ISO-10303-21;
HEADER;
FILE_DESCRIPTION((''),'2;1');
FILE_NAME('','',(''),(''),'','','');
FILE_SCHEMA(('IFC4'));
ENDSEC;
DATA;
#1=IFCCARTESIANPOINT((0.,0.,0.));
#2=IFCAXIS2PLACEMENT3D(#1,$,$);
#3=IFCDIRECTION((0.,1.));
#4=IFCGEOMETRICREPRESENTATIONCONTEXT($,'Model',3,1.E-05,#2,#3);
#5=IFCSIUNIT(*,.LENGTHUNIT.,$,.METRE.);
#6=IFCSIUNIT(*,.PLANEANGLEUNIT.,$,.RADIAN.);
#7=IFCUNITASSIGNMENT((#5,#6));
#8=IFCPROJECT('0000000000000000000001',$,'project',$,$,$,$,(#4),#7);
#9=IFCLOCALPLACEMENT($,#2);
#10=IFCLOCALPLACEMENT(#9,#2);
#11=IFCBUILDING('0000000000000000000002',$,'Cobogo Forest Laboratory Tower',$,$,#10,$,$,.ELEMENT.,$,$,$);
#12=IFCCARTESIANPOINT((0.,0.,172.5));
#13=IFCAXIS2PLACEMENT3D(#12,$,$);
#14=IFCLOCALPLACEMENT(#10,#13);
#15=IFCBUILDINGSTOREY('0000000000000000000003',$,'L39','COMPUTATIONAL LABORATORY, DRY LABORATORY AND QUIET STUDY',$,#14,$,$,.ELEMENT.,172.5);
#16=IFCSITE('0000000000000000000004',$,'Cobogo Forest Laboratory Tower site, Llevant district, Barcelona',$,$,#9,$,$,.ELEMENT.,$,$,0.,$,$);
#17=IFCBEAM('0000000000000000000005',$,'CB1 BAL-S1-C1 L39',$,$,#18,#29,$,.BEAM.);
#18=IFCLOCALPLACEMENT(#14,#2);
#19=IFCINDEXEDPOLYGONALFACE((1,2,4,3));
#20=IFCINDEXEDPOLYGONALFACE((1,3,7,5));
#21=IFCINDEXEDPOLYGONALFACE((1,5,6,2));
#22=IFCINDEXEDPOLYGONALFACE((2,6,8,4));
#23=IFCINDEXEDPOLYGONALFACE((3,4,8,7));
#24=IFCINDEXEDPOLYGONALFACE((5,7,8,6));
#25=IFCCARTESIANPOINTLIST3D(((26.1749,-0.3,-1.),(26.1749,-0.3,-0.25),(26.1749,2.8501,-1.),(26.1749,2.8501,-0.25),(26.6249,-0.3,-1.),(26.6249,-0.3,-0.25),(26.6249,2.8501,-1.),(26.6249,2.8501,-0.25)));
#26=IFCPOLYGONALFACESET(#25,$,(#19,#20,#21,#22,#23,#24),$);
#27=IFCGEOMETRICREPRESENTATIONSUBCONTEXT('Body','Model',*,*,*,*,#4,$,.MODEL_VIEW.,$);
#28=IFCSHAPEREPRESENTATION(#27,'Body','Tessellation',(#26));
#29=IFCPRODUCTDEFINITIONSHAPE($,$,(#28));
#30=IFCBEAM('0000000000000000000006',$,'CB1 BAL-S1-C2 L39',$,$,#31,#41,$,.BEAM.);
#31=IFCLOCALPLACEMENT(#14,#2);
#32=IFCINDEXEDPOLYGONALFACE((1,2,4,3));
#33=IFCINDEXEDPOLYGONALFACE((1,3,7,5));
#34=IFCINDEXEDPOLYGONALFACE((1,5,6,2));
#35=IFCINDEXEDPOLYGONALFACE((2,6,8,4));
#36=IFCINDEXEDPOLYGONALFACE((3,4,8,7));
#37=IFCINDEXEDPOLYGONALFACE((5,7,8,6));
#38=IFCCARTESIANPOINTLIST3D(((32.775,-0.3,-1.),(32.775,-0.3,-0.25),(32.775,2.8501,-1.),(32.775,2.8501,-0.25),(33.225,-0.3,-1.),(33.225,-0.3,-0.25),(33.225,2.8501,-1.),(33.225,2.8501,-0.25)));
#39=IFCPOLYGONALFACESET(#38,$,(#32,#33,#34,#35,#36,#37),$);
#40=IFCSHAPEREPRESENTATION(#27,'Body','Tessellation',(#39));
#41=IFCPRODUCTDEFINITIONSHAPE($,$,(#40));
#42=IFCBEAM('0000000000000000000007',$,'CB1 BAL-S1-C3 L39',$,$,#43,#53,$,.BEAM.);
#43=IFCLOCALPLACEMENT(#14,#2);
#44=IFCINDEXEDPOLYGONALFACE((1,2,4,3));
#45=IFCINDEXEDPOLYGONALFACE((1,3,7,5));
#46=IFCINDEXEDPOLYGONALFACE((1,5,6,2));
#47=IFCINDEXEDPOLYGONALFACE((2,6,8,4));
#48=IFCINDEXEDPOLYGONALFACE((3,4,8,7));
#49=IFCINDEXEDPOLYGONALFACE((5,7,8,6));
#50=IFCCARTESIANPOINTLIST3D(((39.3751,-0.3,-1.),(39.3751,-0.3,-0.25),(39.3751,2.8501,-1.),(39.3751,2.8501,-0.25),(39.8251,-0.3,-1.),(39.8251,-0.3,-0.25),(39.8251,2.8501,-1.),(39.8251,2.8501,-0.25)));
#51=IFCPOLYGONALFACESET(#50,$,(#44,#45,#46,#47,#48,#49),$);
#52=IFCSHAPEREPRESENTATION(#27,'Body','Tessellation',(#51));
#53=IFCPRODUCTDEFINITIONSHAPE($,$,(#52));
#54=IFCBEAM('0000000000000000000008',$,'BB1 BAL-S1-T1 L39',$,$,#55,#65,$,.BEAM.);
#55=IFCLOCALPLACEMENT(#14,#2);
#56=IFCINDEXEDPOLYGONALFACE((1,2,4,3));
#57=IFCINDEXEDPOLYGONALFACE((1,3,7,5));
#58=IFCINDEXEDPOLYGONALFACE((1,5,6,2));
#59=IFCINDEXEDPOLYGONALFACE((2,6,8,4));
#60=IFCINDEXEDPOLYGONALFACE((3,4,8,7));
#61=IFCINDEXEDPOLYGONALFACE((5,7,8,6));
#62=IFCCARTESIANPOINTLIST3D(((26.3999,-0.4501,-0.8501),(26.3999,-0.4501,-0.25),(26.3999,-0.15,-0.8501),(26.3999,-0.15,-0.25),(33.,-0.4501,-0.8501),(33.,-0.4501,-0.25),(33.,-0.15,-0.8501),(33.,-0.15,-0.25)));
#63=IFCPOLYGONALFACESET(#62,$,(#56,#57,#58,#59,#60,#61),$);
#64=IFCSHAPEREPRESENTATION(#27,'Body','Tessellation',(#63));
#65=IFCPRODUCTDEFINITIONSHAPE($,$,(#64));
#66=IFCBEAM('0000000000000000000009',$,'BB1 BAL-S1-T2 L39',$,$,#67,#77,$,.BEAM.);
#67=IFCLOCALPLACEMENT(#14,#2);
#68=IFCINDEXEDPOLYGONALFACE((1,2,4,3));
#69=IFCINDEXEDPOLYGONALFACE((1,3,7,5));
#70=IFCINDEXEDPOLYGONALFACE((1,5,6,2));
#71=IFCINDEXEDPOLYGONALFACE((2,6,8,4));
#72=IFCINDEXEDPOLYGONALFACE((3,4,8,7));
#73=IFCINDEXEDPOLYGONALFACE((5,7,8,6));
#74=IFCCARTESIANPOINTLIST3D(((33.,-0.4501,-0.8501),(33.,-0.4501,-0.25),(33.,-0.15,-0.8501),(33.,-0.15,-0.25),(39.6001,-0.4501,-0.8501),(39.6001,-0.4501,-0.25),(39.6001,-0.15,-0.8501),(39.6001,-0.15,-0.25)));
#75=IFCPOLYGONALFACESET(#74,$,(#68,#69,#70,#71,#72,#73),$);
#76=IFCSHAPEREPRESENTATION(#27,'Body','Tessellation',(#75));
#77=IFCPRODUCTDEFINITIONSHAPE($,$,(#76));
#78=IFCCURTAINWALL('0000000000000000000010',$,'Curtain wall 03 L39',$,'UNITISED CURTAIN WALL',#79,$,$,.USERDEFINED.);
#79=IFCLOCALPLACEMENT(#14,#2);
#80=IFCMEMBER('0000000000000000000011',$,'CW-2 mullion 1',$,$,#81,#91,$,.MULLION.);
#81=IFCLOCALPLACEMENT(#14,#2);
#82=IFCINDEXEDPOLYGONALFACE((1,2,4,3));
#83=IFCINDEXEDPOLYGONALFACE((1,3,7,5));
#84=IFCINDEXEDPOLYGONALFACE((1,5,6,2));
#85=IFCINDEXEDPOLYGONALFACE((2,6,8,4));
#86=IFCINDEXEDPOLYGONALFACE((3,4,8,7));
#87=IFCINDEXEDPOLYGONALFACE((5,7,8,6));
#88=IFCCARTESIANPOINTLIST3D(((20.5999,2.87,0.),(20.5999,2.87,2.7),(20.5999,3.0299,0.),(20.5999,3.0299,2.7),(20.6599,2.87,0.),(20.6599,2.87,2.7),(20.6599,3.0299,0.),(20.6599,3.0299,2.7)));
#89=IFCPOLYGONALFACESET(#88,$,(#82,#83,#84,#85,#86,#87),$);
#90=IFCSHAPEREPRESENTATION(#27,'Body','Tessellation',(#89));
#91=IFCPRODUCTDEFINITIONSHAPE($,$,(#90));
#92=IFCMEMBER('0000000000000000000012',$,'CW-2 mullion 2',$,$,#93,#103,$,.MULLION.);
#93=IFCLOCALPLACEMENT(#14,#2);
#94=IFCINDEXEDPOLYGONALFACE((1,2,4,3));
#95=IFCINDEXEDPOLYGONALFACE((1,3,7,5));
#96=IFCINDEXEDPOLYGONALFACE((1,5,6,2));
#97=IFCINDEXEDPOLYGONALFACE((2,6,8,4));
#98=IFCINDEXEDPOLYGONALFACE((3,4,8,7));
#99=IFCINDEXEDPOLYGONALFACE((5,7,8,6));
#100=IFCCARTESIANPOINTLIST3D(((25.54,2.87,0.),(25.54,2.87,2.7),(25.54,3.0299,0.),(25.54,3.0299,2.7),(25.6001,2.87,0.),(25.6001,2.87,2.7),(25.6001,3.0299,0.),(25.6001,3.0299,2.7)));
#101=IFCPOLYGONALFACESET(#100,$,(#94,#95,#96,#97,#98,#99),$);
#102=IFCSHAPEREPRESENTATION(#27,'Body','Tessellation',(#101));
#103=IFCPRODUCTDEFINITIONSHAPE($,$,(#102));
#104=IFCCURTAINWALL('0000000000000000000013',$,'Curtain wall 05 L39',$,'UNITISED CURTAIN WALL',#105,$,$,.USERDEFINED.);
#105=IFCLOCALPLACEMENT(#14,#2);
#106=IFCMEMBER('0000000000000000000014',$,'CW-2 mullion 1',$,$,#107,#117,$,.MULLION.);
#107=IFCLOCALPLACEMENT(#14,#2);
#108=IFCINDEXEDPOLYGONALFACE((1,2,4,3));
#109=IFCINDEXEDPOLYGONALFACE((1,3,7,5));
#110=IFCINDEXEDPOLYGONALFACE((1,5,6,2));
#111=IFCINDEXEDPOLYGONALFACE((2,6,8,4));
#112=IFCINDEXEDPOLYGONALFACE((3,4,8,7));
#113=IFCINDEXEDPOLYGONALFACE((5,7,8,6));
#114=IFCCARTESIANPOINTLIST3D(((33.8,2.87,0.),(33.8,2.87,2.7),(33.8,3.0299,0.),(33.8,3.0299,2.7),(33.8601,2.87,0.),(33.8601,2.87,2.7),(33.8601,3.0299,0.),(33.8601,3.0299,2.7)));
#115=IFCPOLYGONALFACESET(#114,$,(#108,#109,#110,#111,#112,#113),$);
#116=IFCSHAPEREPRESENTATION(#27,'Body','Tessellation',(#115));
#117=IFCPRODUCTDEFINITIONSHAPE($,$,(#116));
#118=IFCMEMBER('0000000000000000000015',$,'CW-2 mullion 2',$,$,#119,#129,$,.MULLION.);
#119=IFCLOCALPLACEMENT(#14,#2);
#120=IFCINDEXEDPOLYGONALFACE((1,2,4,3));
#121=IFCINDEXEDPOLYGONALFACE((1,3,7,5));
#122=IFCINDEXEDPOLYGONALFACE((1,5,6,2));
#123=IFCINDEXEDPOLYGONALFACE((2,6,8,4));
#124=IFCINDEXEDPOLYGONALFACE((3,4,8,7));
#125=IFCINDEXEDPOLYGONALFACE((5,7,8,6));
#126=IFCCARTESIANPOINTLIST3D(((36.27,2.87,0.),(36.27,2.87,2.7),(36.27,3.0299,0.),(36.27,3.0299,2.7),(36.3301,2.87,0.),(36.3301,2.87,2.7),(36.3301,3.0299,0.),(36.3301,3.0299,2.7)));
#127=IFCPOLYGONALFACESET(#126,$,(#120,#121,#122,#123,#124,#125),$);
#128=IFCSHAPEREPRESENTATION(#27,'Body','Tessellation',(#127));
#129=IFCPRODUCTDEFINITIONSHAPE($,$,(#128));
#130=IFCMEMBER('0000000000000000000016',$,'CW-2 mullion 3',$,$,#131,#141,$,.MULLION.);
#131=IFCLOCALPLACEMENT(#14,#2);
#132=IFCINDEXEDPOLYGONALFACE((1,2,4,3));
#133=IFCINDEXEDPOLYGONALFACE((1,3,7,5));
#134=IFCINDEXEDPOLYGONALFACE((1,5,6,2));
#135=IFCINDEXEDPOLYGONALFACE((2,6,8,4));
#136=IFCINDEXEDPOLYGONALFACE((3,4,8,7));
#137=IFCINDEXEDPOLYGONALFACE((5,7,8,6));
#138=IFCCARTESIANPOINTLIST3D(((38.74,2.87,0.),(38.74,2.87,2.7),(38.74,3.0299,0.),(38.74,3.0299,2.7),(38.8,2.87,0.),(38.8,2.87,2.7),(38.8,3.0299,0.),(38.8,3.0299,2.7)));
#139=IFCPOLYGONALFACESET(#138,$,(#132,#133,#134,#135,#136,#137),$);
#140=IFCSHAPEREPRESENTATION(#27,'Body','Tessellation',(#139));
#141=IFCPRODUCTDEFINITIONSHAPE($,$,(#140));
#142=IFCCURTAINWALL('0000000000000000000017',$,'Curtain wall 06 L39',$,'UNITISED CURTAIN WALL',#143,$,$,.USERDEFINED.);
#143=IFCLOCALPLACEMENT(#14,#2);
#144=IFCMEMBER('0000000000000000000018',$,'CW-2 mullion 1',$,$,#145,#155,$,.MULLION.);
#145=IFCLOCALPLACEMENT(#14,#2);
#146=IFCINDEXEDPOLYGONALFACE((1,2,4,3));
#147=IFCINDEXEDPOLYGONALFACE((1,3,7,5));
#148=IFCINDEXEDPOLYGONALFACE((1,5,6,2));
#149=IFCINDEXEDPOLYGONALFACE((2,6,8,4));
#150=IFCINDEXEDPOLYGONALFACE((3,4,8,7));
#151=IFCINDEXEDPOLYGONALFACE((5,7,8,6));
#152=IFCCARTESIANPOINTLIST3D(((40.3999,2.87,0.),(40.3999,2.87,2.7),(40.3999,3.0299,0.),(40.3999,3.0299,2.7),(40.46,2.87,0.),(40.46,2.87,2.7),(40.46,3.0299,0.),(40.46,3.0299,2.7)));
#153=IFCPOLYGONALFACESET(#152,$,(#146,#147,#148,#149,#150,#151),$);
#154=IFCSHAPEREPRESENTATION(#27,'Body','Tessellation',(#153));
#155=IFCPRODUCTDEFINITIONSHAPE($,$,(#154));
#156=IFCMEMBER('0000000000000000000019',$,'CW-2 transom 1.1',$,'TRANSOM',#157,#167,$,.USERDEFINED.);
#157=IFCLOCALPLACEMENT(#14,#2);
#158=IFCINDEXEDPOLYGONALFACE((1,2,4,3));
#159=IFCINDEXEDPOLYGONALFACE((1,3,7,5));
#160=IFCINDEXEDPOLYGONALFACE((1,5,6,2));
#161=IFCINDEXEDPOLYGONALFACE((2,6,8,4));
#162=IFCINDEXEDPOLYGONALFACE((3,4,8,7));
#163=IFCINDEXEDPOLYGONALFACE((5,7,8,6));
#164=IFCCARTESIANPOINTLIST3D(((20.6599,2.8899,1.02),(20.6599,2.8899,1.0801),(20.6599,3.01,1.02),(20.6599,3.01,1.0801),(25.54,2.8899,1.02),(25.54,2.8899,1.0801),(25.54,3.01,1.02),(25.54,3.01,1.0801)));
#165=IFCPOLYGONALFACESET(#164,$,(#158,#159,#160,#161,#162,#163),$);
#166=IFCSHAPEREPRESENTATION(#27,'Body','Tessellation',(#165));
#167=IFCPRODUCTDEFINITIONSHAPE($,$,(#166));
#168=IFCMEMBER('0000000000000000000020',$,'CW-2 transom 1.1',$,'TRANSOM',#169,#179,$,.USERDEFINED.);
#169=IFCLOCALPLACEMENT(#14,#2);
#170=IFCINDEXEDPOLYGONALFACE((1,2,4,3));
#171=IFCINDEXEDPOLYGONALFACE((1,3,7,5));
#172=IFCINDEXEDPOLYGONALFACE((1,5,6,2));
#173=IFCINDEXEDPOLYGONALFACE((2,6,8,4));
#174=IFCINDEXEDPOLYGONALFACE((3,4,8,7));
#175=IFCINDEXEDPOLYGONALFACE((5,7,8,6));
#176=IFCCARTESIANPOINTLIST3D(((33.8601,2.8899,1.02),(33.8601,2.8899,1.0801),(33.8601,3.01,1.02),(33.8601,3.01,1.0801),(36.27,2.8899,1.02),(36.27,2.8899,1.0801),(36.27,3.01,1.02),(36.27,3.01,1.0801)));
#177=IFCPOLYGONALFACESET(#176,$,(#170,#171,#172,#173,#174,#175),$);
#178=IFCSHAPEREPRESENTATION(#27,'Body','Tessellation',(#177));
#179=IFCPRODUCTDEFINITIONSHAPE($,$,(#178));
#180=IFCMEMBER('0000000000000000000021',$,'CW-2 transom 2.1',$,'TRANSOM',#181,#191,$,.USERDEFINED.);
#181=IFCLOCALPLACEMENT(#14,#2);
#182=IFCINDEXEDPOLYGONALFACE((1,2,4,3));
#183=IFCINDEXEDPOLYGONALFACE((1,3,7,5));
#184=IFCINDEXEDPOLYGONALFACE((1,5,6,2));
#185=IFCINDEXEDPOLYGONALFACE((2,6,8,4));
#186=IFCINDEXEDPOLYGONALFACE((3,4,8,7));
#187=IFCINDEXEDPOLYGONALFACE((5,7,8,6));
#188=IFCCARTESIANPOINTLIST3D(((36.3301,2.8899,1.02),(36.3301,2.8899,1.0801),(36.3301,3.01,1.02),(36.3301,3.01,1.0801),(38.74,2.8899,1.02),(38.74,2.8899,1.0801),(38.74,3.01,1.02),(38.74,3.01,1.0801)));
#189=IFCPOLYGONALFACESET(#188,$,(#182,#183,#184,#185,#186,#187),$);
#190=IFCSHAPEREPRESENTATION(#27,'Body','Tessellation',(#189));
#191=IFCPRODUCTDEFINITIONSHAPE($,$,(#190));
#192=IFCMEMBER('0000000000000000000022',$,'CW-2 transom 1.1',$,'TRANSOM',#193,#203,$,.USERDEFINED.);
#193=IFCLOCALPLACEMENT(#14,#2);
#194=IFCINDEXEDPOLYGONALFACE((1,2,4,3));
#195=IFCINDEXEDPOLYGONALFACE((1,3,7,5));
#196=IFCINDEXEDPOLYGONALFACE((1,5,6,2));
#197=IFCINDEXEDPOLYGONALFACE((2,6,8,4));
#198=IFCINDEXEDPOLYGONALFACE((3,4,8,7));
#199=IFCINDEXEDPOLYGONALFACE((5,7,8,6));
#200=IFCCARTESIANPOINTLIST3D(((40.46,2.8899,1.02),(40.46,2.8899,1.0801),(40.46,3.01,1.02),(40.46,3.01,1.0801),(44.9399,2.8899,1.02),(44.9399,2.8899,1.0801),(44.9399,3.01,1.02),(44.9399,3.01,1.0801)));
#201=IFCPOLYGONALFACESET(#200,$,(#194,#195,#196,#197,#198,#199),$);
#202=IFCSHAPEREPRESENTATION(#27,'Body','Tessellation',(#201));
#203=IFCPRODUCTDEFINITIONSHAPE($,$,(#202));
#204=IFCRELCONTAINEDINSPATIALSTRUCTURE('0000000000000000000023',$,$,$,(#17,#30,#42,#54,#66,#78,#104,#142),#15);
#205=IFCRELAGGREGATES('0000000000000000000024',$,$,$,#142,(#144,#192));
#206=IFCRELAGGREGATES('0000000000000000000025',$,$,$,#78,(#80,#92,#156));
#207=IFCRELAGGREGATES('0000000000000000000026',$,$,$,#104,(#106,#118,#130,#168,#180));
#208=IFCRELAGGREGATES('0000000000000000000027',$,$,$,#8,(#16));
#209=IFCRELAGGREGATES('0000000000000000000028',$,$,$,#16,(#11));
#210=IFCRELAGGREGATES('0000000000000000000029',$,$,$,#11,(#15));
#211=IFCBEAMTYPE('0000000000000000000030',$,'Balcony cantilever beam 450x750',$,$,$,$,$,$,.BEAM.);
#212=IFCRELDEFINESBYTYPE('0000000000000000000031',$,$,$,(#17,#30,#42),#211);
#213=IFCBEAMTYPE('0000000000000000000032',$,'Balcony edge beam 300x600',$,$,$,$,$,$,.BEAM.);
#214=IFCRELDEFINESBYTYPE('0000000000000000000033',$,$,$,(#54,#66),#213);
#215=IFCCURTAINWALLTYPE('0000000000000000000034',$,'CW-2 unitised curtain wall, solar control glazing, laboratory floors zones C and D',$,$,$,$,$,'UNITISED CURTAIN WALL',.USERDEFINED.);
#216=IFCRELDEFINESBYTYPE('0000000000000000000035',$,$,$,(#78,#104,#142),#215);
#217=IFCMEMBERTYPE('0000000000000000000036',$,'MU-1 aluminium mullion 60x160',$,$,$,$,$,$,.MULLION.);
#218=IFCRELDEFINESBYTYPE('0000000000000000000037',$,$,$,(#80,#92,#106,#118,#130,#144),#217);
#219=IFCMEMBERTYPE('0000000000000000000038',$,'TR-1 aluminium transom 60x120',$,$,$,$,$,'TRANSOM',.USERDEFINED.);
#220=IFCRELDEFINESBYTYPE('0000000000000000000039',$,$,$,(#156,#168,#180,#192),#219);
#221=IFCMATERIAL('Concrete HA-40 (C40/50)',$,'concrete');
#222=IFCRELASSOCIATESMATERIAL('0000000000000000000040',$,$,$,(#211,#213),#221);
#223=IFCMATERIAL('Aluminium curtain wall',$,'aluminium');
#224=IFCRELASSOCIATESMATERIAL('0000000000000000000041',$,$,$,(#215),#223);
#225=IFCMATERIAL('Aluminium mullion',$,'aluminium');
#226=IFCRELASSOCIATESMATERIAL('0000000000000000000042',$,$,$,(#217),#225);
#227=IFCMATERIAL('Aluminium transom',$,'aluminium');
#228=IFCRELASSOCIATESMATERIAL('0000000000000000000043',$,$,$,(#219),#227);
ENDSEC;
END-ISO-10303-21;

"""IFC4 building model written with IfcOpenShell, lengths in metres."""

from ifc_helpers import new_model, si_unit, direction, frame, origin, origin_2d, place, context, subcontext, project, spatial, rectangle, extrude, material, material_profile, profile_set, type_object, element, aggregate, save


model = new_model("IFC4")

# Units and contexts
model_context = context("Model", 3, precision=1e-05, world=origin(), true_north=direction((0.0, 1.0)))
body_context = subcontext(model_context, "Body", "Model", "MODEL_VIEW")
ifc_project = project(units=[si_unit("LENGTHUNIT", "METRE"), si_unit("PLANEANGLEUNIT", "RADIAN")], contexts=[model_context])

# Site, building, storey
site_placement = place(None, origin())
site = spatial("IfcSite", under=ifc_project, at=site_placement, Name="Cobogo Forest Laboratory Tower site, Llevant district, Barcelona", CompositionType="ELEMENT", RefElevation=0.0)
building_placement = place(site_placement, origin())
building = spatial("IfcBuilding", under=site, at=building_placement, Name="Cobogo Forest Laboratory Tower", CompositionType="ELEMENT")
storey_placement = place(building_placement, frame((0.0, 0.0, 172.5)))
storey = spatial("IfcBuildingStorey", under=building, at=storey_placement, Name="L39", Description="COMPUTATIONAL LABORATORY, DRY LABORATORY AND QUIET STUDY", CompositionType="ELEMENT", Elevation=172.5)

# Beams
ifc_material_1 = material(Name="Concrete HA-40 (C40/50)", Category="concrete")
ifc_material_profile_1 = material_profile(ifc_material_1, rectangle(XDim=0.45, YDim=0.75, at=origin_2d()), Name="RC 450x750")
ifc_profile_set_1 = profile_set([ifc_material_profile_1], Name="Concrete HA-40 (C40/50)")
beam_type_1 = type_object("IfcBeamType", Name="Balcony cantilever beam 450x750", PredefinedType="BEAM", material=ifc_profile_set_1)
for number, where, z_axis, x_axis, name in (
    (1, (26.3999, 2.8501, -0.625), (0.0, -1.0, 0.0), (1.0, 0.0, 0.0), "CB1 BAL-S1-C1 L39"),
    (2, (33.0, 2.8501, -0.625), (0.0, -1.0, 0.0), (1.0, 0.0, 0.0), "CB1 BAL-S1-C2 L39"),
    (3, (39.6001, 2.8501, -0.625), (0.0, -1.0, 0.0), (1.0, 0.0, 0.0), "CB1 BAL-S1-C3 L39"),
):
    element("IfcBeam", number, at=place(storey_placement, frame(where, z_axis=z_axis, x_axis=x_axis)), inside=storey, type_object=beam_type_1, Name=name, PredefinedType="BEAM", context=body_context, shape_type="SweptSolid", body=[
        extrude(rectangle(XDim=0.45, YDim=0.75, at=origin_2d()), origin(), (0.0, 0.0, 1.0), 3.1501),
    ])
ifc_material_profile_2 = material_profile(ifc_material_1, rectangle(XDim=0.3, YDim=0.6001, at=origin_2d()), Name="RC 300x600")
ifc_profile_set_2 = profile_set([ifc_material_profile_2], Name="Concrete HA-40 (C40/50)")
beam_type_2 = type_object("IfcBeamType", Name="Balcony edge beam 300x600", PredefinedType="BEAM", material=ifc_profile_set_2)
for number, where, z_axis, x_axis, name in (
    (4, (26.3999, -0.3, -0.55), (1.0, 0.0, 0.0), (0.0, 1.0, 0.0), "BB1 BAL-S1-T1 L39"),
    (5, (33.0, -0.3, -0.55), (1.0, 0.0, 0.0), (0.0, 1.0, 0.0), "BB1 BAL-S1-T2 L39"),
):
    element("IfcBeam", number, at=place(storey_placement, frame(where, z_axis=z_axis, x_axis=x_axis)), inside=storey, type_object=beam_type_2, Name=name, PredefinedType="BEAM", context=body_context, shape_type="SweptSolid", body=[
        extrude(rectangle(XDim=0.3, YDim=0.6001, at=origin_2d()), origin(), (0.0, 0.0, 1.0), 6.6001),
    ])

# Curtain walls, members
ifc_material_2 = material(Name="Aluminium curtain wall", Category="aluminium")
curtain_wall_type = type_object("IfcCurtainWallType", Name="CW-2 unitised curtain wall, solar control glazing, laboratory floors zones C and D", ElementType="UNITISED CURTAIN WALL", PredefinedType="USERDEFINED", material=ifc_material_2)
curtain_wall_1_placement = place(storey_placement, origin())
curtain_wall_1 = element("IfcCurtainWall", 6, at=curtain_wall_1_placement, inside=storey, type_object=curtain_wall_type, Name="Curtain wall 03 L39", ObjectType="UNITISED CURTAIN WALL", PredefinedType="USERDEFINED")
ifc_material_3 = material(Name="Aluminium mullion", Category="aluminium")
ifc_material_profile_3 = material_profile(ifc_material_3, rectangle(XDim=0.0601, YDim=0.1599, at=origin_2d()), Name="AL 60x160")
ifc_profile_set_3 = profile_set([ifc_material_profile_3], Name="Aluminium mullion")
member_type_1 = type_object("IfcMemberType", Name="MU-1 aluminium mullion 60x160", PredefinedType="MULLION", material=ifc_profile_set_3)
member_1_placement = place(storey_placement, frame((20.6299, 2.95, 0.0), z_axis=(0.0, 0.0, 1.0), x_axis=(1.0, 0.0, 0.0)))
member_1 = element("IfcMember", 7, at=member_1_placement, type_object=member_type_1, Name="CW-2 mullion 1", PredefinedType="MULLION", context=body_context, shape_type="SweptSolid", body=[
    extrude(rectangle(XDim=0.0601, YDim=0.1599, at=origin_2d()), origin(), (0.0, 0.0, 1.0), 2.7),
])
member_2_placement = place(storey_placement, frame((25.5701, 2.95, 0.0), z_axis=(0.0, 0.0, 1.0), x_axis=(1.0, 0.0, 0.0)))
member_2 = element("IfcMember", 8, at=member_2_placement, type_object=member_type_1, Name="CW-2 mullion 2", PredefinedType="MULLION", context=body_context, shape_type="SweptSolid", body=[
    extrude(rectangle(XDim=0.0601, YDim=0.1599, at=origin_2d()), origin(), (0.0, 0.0, 1.0), 2.7),
])
curtain_wall_2_placement = place(storey_placement, origin())
curtain_wall_2 = element("IfcCurtainWall", 9, at=curtain_wall_2_placement, inside=storey, type_object=curtain_wall_type, Name="Curtain wall 05 L39", ObjectType="UNITISED CURTAIN WALL", PredefinedType="USERDEFINED")
member_3_placement = place(storey_placement, frame((33.8301, 2.95, 0.0), z_axis=(0.0, 0.0, 1.0), x_axis=(1.0, 0.0, 0.0)))
member_3 = element("IfcMember", 10, at=member_3_placement, type_object=member_type_1, Name="CW-2 mullion 1", PredefinedType="MULLION", context=body_context, shape_type="SweptSolid", body=[
    extrude(rectangle(XDim=0.0601, YDim=0.1599, at=origin_2d()), origin(), (0.0, 0.0, 1.0), 2.7),
])
member_4_placement = place(storey_placement, frame((36.3, 2.95, 0.0), z_axis=(0.0, 0.0, 1.0), x_axis=(1.0, 0.0, 0.0)))
member_4 = element("IfcMember", 11, at=member_4_placement, type_object=member_type_1, Name="CW-2 mullion 2", PredefinedType="MULLION", context=body_context, shape_type="SweptSolid", body=[
    extrude(rectangle(XDim=0.0601, YDim=0.1599, at=origin_2d()), origin(), (0.0, 0.0, 1.0), 2.7),
])
member_5_placement = place(storey_placement, frame((38.77, 2.95, 0.0), z_axis=(0.0, 0.0, 1.0), x_axis=(1.0, 0.0, 0.0)))
member_5 = element("IfcMember", 12, at=member_5_placement, type_object=member_type_1, Name="CW-2 mullion 3", PredefinedType="MULLION", context=body_context, shape_type="SweptSolid", body=[
    extrude(rectangle(XDim=0.0601, YDim=0.1599, at=origin_2d()), origin(), (0.0, 0.0, 1.0), 2.7),
])

# Curtain wall, member
curtain_wall_3_placement = place(storey_placement, origin())
curtain_wall_3 = element("IfcCurtainWall", 13, at=curtain_wall_3_placement, inside=storey, type_object=curtain_wall_type, Name="Curtain wall 06 L39", ObjectType="UNITISED CURTAIN WALL", PredefinedType="USERDEFINED")
member_6_placement = place(storey_placement, frame((40.4299, 2.95, 0.0), z_axis=(0.0, 0.0, 1.0), x_axis=(1.0, 0.0, 0.0)))
member_6 = element("IfcMember", 14, at=member_6_placement, type_object=member_type_1, Name="CW-2 mullion 1", PredefinedType="MULLION", context=body_context, shape_type="SweptSolid", body=[
    extrude(rectangle(XDim=0.0601, YDim=0.1599, at=origin_2d()), origin(), (0.0, 0.0, 1.0), 2.7),
])

# Members
ifc_material_4 = material(Name="Aluminium transom", Category="aluminium")
ifc_material_profile_4 = material_profile(ifc_material_4, rectangle(XDim=0.1201, YDim=0.0601, at=origin_2d()), Name="AL 60x120")
ifc_profile_set_4 = profile_set([ifc_material_profile_4], Name="Aluminium transom")
member_type_2 = type_object("IfcMemberType", Name="TR-1 aluminium transom 60x120", ElementType="TRANSOM", PredefinedType="USERDEFINED", material=ifc_profile_set_4)
member_7_placement = place(storey_placement, frame((20.6599, 2.95, 1.05), z_axis=(1.0, 0.0, 0.0), x_axis=(0.0, 1.0, 0.0)))
member_7 = element("IfcMember", 15, at=member_7_placement, type_object=member_type_2, Name="CW-2 transom 1.1", ObjectType="TRANSOM", PredefinedType="USERDEFINED", context=body_context, shape_type="SweptSolid", body=[
    extrude(rectangle(XDim=0.1201, YDim=0.0601, at=origin_2d()), origin(), (0.0, 0.0, 1.0), 4.8801),
])
member_8_placement = place(storey_placement, frame((33.8601, 2.95, 1.05), z_axis=(1.0, 0.0, 0.0), x_axis=(0.0, 1.0, 0.0)))
member_8 = element("IfcMember", 16, at=member_8_placement, type_object=member_type_2, Name="CW-2 transom 1.1", ObjectType="TRANSOM", PredefinedType="USERDEFINED", context=body_context, shape_type="SweptSolid", body=[
    extrude(rectangle(XDim=0.1201, YDim=0.0601, at=origin_2d()), origin(), (0.0, 0.0, 1.0), 2.4099),
])
member_9_placement = place(storey_placement, frame((36.3301, 2.95, 1.05), z_axis=(1.0, 0.0, 0.0), x_axis=(0.0, 1.0, 0.0)))
member_9 = element("IfcMember", 17, at=member_9_placement, type_object=member_type_2, Name="CW-2 transom 2.1", ObjectType="TRANSOM", PredefinedType="USERDEFINED", context=body_context, shape_type="SweptSolid", body=[
    extrude(rectangle(XDim=0.1201, YDim=0.0601, at=origin_2d()), origin(), (0.0, 0.0, 1.0), 2.4099),
])
member_10_placement = place(storey_placement, frame((40.46, 2.95, 1.05), z_axis=(1.0, 0.0, 0.0), x_axis=(0.0, 1.0, 0.0)))
member_10 = element("IfcMember", 18, at=member_10_placement, type_object=member_type_2, Name="CW-2 transom 1.1", ObjectType="TRANSOM", PredefinedType="USERDEFINED", context=body_context, shape_type="SweptSolid", body=[
    extrude(rectangle(XDim=0.1201, YDim=0.0601, at=origin_2d()), origin(), (0.0, 0.0, 1.0), 4.48),
])
aggregate(curtain_wall_3, [member_6, member_10])

aggregate(curtain_wall_1, [member_1, member_2, member_7])
aggregate(curtain_wall_2, [member_3, member_4, member_5, member_8, member_9])

save(model, "model.ifc")
